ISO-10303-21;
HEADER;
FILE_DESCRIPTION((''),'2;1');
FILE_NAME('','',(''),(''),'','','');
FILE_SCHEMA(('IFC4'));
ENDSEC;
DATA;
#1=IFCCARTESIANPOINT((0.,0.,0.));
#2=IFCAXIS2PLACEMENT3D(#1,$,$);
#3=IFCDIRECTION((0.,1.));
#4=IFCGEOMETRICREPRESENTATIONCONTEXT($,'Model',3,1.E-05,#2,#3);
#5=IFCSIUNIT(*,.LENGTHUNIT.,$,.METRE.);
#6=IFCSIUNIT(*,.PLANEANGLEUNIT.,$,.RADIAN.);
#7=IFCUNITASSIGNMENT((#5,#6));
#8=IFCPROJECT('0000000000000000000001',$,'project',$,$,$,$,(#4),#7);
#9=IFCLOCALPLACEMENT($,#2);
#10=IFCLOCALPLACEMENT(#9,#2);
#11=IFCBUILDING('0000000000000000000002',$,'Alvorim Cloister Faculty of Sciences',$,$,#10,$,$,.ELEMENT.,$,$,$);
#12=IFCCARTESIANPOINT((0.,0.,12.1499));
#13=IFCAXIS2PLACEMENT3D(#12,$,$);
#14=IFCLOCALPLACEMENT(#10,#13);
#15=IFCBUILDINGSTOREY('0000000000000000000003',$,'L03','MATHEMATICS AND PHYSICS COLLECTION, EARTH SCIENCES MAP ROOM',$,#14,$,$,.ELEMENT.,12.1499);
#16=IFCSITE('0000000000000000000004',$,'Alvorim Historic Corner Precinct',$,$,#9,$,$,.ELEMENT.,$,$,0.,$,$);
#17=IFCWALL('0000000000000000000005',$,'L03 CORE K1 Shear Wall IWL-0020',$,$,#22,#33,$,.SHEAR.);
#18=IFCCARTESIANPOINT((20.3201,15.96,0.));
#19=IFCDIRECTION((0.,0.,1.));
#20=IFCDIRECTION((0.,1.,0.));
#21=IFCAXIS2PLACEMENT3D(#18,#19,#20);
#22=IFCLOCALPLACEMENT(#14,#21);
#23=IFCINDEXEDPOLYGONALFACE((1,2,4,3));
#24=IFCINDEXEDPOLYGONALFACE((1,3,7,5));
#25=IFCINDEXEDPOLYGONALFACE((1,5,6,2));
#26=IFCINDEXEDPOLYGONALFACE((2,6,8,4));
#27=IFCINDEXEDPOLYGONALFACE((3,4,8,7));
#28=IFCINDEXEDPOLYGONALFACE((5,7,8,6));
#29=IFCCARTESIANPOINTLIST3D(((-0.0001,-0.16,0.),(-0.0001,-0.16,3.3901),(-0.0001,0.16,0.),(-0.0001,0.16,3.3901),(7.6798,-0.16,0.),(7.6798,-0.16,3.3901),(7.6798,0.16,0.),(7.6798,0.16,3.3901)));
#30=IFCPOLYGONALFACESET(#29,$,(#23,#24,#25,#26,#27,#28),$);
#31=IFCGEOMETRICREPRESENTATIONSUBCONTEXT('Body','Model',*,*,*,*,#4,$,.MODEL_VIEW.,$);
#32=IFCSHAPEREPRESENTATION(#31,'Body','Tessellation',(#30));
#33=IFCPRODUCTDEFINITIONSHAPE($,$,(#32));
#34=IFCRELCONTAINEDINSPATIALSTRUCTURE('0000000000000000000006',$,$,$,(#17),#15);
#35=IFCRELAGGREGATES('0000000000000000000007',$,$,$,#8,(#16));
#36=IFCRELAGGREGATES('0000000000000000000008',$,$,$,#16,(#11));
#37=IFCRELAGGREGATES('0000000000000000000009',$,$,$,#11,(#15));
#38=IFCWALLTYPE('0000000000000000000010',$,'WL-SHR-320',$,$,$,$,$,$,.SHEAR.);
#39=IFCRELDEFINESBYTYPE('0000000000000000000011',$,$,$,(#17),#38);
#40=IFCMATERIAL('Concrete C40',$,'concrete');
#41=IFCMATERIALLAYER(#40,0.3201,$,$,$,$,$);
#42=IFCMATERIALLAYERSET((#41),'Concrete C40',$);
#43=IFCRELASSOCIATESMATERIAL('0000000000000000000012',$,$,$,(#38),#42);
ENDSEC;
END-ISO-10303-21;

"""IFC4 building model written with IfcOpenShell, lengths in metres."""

from ifc_helpers import new_model, si_unit, direction, frame, frame_2d, origin, place, context, subcontext, project, spatial, rectangle, extrude, material, layer, layer_set, type_object, element, save


model = new_model("IFC4")

# Units and contexts
model_context = context("Model", 3, precision=1e-05, world=origin(), true_north=direction((0.0, 1.0)))
body_context = subcontext(model_context, "Body", "Model", "MODEL_VIEW")
ifc_project = project(units=[si_unit("LENGTHUNIT", "METRE"), si_unit("PLANEANGLEUNIT", "RADIAN")], contexts=[model_context])

# Site, building, storey
site_placement = place(None, origin())
site = spatial("IfcSite", under=ifc_project, at=site_placement, Name="Alvorim Historic Corner Precinct", CompositionType="ELEMENT", RefElevation=0.0)
building_placement = place(site_placement, origin())
building = spatial("IfcBuilding", under=site, at=building_placement, Name="Alvorim Cloister Faculty of Sciences", CompositionType="ELEMENT")
storey_placement = place(building_placement, frame((0.0, 0.0, 12.1499)))
storey = spatial("IfcBuildingStorey", under=building, at=storey_placement, Name="L03", Description="MATHEMATICS AND PHYSICS COLLECTION, EARTH SCIENCES MAP ROOM", CompositionType="ELEMENT", Elevation=12.1499)

# Shared definitions
ifc_material_1 = material(Name="Concrete C40", Category="concrete")

# Shared definitions
ifc_layer_1 = layer(ifc_material_1, 0.3201)
ifc_layer_set_1 = layer_set([ifc_layer_1], Name="Concrete C40")
wall_type_1 = type_object("IfcWallType", Name="WL-SHR-320", PredefinedType="SHEAR", material=ifc_layer_set_1)

# Wall
wall_1_placement = place(storey_placement, frame((20.3201, 15.96, 0.0), z_axis=(0.0, 0.0, 1.0), x_axis=(0.0, 1.0, 0.0)))
element("IfcWall", 1, at=wall_1_placement, inside=storey, type_object=wall_type_1, Name="L03 CORE K1 Shear Wall IWL-0020", PredefinedType="SHEAR", context=body_context, shape_type="SweptSolid", body=[
    extrude(rectangle(XDim=7.6799, YDim=0.3201, at=frame_2d((3.8398, 0.0))), origin(), (0.0, 0.0, 1.0), 3.3901),
])

save(model, "model.ifc")
